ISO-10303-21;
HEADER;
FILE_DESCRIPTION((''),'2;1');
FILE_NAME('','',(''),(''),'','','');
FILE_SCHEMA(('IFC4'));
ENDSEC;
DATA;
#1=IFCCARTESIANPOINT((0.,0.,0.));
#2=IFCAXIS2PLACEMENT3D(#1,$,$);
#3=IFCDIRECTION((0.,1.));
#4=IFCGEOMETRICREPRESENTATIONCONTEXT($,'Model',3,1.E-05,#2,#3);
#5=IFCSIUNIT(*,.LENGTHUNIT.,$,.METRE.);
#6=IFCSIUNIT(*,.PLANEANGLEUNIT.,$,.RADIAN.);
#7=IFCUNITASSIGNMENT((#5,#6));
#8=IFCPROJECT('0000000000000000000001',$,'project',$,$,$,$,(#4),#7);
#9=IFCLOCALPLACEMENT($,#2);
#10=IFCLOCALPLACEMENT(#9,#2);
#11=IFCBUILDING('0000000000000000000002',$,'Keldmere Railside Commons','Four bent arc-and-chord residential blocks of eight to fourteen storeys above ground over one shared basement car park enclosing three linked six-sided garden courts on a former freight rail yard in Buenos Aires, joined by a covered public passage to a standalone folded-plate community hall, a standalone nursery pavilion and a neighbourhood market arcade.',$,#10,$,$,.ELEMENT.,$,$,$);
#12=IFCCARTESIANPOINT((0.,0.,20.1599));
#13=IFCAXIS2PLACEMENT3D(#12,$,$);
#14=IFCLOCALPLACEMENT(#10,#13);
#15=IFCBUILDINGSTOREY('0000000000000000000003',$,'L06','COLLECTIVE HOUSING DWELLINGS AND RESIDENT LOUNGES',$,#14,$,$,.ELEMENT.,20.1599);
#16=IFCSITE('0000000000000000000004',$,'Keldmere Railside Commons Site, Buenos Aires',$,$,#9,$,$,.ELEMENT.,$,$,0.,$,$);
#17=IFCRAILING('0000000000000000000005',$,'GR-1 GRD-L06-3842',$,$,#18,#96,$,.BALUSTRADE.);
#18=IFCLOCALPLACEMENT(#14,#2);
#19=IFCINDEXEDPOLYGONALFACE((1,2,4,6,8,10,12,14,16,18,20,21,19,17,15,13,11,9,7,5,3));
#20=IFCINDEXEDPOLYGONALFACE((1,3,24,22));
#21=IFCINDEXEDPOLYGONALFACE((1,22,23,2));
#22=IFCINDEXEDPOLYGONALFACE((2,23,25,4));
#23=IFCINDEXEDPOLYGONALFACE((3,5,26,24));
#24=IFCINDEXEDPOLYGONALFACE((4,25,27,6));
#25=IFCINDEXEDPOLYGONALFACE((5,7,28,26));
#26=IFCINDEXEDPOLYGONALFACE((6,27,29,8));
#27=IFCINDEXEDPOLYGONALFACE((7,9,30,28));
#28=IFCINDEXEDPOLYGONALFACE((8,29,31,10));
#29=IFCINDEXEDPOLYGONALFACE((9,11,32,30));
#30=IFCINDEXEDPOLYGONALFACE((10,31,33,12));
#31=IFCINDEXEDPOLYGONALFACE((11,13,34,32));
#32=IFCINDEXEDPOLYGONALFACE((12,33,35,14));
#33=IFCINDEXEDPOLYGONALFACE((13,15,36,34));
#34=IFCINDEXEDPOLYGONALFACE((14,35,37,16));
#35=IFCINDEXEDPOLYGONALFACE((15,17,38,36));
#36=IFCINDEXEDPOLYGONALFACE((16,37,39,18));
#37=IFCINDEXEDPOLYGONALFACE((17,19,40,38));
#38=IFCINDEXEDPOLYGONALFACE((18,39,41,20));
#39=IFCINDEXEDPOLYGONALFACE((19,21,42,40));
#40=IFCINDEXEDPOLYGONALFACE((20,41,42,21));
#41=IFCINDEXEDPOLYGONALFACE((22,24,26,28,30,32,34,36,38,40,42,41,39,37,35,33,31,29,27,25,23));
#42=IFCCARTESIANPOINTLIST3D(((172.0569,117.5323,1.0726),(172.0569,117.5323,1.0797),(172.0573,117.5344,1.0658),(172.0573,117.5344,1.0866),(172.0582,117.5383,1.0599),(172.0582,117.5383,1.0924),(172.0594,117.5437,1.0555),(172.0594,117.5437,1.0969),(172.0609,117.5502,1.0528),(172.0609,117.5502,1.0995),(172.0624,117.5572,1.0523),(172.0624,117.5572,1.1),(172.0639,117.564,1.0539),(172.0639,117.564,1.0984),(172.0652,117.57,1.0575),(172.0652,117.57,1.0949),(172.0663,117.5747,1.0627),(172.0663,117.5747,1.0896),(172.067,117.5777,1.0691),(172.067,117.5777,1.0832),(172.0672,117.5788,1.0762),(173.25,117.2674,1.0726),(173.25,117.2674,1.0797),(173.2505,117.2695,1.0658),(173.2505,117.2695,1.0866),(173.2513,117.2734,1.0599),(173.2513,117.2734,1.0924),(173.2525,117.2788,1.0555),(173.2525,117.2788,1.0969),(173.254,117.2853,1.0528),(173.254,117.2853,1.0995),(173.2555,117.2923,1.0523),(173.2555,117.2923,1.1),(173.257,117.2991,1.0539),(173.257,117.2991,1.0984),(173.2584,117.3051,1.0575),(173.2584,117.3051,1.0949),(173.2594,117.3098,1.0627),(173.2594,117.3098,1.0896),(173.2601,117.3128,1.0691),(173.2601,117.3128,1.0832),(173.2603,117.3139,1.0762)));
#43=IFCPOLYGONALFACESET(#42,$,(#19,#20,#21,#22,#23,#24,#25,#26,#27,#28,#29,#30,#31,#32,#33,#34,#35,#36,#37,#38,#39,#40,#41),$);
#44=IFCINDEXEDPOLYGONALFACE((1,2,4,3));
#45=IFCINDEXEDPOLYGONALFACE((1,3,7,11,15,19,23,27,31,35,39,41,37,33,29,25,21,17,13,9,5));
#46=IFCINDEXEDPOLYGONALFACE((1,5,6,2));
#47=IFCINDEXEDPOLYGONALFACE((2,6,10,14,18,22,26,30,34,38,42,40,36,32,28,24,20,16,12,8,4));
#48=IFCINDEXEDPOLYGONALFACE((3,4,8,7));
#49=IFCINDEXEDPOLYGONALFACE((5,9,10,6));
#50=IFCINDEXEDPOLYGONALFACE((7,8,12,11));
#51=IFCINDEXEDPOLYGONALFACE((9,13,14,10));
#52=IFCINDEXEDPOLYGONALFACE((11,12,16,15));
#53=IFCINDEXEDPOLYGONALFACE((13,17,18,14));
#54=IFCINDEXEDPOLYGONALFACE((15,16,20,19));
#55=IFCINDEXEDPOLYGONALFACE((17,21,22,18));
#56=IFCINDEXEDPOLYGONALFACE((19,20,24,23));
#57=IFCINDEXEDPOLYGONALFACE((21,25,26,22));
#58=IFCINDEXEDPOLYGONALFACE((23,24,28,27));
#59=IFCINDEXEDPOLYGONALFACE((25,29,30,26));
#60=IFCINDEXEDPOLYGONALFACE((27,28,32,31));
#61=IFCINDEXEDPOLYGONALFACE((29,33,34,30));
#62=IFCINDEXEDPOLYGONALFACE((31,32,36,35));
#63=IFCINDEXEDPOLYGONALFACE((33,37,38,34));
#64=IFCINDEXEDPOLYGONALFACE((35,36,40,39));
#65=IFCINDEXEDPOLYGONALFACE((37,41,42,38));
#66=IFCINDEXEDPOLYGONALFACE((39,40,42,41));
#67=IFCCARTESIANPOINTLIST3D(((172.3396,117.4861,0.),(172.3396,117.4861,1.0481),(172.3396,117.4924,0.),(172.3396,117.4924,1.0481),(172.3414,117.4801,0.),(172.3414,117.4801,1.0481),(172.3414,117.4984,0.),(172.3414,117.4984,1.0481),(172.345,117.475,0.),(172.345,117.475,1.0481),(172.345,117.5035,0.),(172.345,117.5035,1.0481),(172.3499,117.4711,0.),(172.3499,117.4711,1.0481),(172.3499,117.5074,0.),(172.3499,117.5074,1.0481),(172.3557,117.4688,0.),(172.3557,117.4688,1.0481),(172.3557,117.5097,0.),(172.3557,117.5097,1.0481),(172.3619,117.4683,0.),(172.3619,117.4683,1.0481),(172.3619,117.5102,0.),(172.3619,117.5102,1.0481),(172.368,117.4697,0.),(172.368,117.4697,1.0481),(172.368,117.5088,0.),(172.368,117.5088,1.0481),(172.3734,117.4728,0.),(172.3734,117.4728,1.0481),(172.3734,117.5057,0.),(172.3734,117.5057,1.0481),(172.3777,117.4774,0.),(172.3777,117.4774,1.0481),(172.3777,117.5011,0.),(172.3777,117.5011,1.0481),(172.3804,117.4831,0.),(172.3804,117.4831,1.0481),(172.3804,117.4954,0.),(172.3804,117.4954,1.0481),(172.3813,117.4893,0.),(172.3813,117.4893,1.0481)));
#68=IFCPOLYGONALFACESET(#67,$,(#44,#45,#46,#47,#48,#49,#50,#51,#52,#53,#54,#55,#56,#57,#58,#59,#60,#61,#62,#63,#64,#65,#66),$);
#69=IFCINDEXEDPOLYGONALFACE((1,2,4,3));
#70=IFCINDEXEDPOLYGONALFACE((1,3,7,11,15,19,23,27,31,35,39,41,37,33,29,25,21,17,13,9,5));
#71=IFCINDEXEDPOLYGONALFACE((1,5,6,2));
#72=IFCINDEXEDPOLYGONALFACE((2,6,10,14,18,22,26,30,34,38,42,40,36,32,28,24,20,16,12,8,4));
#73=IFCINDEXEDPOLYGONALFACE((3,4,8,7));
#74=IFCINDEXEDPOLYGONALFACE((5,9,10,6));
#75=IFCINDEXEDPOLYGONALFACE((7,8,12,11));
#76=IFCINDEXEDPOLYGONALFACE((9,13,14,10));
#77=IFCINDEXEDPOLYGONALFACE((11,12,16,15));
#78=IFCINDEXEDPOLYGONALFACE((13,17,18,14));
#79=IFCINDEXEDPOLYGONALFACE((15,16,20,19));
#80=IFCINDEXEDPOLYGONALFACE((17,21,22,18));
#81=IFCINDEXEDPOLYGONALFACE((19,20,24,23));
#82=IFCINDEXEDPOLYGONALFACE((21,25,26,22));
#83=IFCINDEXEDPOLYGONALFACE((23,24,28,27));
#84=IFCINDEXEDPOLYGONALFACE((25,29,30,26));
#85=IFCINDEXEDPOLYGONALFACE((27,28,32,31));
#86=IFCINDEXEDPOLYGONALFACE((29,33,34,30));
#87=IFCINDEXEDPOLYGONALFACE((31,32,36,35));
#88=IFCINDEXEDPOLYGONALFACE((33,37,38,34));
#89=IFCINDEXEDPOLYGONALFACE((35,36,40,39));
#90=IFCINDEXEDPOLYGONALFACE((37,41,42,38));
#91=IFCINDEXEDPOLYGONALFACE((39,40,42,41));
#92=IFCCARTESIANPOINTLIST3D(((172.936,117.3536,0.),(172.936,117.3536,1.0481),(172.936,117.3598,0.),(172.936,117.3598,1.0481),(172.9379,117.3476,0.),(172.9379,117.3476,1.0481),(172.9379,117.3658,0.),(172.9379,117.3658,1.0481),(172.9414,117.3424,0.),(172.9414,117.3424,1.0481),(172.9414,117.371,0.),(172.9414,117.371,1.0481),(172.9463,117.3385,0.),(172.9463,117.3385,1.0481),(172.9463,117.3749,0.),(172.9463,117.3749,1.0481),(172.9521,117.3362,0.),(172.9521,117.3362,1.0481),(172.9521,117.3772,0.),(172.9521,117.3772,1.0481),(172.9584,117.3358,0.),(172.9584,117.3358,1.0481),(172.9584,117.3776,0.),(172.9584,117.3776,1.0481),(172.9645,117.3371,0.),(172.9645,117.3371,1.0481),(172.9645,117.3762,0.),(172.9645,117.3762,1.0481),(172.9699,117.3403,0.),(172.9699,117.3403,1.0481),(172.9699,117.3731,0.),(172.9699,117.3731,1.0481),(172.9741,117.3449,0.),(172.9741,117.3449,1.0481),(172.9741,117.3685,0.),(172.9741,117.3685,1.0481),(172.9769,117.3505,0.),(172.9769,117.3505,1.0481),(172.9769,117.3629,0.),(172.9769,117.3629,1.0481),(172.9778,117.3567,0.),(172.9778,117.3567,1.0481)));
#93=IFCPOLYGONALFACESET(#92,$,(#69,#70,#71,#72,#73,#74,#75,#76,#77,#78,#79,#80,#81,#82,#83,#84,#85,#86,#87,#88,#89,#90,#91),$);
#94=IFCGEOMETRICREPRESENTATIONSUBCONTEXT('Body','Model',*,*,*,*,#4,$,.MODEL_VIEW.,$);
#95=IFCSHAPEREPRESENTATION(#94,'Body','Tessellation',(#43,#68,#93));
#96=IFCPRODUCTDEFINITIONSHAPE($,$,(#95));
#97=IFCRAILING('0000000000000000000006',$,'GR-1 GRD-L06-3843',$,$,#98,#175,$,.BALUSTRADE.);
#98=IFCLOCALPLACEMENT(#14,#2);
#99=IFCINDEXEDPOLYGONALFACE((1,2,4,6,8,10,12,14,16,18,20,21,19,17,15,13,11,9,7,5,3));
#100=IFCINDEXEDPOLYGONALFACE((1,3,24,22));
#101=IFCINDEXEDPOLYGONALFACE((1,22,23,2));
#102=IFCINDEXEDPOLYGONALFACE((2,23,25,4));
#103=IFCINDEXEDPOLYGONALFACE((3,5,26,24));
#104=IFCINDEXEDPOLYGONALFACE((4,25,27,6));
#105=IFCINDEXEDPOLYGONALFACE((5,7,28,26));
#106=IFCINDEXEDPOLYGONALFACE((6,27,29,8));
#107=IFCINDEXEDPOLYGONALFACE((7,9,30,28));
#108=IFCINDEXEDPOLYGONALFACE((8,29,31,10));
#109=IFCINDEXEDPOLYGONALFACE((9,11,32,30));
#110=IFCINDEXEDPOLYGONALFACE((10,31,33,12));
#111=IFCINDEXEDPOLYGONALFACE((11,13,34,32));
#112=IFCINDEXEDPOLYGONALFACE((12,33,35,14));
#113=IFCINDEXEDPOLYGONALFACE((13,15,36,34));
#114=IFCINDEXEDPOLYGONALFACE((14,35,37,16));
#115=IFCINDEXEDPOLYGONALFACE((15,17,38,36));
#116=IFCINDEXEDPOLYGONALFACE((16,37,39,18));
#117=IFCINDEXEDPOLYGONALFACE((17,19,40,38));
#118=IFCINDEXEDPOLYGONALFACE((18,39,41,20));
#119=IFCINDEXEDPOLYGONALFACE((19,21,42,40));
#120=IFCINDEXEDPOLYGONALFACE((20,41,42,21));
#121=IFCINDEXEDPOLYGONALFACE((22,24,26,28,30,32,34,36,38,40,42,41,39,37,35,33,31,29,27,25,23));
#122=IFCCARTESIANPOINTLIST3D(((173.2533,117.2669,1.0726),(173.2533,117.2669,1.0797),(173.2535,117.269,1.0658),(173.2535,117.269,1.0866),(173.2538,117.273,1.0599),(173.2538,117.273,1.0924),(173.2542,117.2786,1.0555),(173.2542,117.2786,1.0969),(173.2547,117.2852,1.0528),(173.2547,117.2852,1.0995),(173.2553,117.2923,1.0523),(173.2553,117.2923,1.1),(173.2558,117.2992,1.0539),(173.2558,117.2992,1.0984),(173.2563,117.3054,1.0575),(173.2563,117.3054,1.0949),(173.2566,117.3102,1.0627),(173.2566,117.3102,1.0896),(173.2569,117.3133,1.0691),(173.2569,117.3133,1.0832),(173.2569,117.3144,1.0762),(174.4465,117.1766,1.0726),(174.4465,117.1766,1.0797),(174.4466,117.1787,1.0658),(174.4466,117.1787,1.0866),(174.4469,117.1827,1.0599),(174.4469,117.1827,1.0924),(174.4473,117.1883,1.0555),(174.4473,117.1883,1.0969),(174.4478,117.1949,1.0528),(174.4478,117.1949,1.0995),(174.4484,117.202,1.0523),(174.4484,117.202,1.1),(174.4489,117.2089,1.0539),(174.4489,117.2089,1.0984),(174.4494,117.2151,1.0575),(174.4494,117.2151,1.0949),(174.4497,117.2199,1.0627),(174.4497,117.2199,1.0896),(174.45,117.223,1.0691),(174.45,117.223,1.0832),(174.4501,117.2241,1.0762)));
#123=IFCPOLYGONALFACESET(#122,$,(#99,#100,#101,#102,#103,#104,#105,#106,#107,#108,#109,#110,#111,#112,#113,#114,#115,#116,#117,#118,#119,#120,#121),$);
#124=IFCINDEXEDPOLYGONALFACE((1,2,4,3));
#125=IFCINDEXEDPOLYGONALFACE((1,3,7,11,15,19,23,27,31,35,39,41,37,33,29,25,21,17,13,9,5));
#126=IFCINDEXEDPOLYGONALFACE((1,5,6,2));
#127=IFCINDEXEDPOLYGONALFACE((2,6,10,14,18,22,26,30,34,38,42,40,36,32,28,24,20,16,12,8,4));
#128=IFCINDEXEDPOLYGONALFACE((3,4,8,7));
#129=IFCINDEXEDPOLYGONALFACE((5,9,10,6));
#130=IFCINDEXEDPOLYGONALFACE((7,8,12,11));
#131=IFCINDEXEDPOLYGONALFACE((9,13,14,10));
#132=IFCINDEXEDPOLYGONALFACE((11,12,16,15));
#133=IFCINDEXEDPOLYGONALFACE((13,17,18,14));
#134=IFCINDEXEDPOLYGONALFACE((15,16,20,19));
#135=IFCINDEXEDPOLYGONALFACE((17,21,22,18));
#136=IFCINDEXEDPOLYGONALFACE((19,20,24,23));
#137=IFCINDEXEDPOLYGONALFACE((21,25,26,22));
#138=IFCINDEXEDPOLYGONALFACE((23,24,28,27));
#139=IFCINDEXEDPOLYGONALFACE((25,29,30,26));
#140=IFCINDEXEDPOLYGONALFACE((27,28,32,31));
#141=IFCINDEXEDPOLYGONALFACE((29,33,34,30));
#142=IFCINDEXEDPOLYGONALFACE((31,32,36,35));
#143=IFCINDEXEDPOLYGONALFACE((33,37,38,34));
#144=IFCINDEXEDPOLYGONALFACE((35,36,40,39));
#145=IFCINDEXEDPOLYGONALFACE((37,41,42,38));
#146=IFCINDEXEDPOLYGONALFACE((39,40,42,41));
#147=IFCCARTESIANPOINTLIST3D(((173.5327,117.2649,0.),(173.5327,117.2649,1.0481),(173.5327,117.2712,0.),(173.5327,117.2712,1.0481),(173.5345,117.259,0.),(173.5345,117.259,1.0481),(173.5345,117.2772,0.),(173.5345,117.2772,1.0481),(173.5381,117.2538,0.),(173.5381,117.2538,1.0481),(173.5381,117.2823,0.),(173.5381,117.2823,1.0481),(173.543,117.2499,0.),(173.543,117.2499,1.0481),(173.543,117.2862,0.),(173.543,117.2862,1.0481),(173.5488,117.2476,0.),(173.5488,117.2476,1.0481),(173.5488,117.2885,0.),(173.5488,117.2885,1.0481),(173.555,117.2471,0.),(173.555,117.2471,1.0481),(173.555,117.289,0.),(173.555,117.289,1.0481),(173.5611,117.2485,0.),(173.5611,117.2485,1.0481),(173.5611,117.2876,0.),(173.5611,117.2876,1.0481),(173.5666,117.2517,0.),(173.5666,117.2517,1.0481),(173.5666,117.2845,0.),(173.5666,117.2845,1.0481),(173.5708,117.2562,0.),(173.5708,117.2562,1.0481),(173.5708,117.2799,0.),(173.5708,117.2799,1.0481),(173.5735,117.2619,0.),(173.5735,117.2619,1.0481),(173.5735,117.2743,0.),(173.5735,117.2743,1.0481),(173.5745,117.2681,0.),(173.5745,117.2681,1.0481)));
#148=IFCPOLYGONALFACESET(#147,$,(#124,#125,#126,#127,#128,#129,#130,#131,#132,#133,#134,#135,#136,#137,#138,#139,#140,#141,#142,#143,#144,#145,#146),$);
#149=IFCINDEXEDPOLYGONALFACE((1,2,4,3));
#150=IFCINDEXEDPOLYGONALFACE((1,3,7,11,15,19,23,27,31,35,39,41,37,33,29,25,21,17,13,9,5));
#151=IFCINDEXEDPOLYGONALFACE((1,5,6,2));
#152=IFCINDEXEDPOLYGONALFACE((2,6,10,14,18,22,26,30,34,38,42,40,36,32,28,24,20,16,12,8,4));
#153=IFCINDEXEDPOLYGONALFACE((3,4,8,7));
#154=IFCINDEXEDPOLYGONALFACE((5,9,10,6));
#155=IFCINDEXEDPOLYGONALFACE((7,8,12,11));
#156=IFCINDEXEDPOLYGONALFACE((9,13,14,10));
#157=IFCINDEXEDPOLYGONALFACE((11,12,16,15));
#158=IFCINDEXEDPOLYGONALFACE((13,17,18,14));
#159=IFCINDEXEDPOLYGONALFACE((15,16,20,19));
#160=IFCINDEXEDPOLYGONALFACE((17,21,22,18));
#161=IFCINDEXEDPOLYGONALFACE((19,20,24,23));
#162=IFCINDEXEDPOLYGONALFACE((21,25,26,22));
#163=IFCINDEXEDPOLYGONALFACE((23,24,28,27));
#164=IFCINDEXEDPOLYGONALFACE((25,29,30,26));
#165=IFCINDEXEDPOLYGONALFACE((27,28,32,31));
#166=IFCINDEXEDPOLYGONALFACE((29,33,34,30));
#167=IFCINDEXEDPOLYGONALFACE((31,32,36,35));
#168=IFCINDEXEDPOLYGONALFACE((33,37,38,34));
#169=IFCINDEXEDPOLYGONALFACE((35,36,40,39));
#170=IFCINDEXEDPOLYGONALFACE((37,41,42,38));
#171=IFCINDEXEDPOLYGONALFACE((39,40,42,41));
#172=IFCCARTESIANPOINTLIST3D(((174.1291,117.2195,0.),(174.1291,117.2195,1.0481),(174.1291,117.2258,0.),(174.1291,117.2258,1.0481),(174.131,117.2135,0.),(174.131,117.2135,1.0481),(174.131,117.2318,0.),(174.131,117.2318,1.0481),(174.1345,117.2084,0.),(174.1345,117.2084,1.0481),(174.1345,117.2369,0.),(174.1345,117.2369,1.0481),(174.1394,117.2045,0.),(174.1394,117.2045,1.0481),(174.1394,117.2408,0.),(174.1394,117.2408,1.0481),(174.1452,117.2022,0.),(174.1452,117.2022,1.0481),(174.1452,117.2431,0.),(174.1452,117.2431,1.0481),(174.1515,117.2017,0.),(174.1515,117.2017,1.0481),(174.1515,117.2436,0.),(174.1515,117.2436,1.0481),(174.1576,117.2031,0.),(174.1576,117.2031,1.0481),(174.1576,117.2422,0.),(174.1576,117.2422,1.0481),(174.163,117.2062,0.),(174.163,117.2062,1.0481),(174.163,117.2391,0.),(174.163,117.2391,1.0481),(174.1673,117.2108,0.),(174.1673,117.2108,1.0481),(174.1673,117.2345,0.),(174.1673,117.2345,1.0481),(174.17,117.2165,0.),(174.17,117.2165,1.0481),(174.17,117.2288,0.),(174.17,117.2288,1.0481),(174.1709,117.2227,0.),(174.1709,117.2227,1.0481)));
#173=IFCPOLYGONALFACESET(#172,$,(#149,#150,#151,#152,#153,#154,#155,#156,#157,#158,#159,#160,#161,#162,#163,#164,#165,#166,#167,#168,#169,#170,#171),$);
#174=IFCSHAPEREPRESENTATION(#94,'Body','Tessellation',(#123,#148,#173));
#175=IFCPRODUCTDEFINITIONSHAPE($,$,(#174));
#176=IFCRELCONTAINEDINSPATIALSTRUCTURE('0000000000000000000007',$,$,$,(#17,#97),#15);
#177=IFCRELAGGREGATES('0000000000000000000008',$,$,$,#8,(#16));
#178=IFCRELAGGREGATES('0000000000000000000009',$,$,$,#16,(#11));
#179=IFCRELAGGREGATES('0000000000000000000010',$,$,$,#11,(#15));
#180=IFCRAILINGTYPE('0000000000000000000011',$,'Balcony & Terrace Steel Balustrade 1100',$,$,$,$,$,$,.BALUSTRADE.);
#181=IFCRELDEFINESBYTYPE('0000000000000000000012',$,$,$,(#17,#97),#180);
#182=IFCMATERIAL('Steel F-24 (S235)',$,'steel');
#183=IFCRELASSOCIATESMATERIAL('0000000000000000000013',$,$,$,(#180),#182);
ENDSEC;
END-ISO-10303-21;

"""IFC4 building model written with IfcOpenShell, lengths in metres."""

from ifc_helpers import new_model, si_unit, direction, frame, origin, origin_2d, place, context, subcontext, project, spatial, circle, extrude, material, type_object, element, save


model = new_model("IFC4")

# Units and contexts
model_context = context("Model", 3, precision=1e-05, world=origin(), true_north=direction((0.0, 1.0)))
body_context = subcontext(model_context, "Body", "Model", "MODEL_VIEW")
ifc_project = project(units=[si_unit("LENGTHUNIT", "METRE"), si_unit("PLANEANGLEUNIT", "RADIAN")], contexts=[model_context])

# Site, building, storey
site_placement = place(None, origin())
site = spatial("IfcSite", under=ifc_project, at=site_placement, Name="Keldmere Railside Commons Site, Buenos Aires", CompositionType="ELEMENT", RefElevation=0.0)
building_placement = place(site_placement, origin())
building = spatial("IfcBuilding", under=site, at=building_placement, Name="Keldmere Railside Commons", Description="Four bent arc-and-chord residential blocks of eight to fourteen storeys above ground over one shared basement car park enclosing three linked six-sided garden courts on a former freight rail yard in Buenos Aires, joined by a covered public passage to a standalone folded-plate community hall, a standalone nursery pavilion and a neighbourhood market arcade.", CompositionType="ELEMENT")
storey_placement = place(building_placement, frame((0.0, 0.0, 20.1599)))
storey = spatial("IfcBuildingStorey", under=building, at=storey_placement, Name="L06", Description="COLLECTIVE HOUSING DWELLINGS AND RESIDENT LOUNGES", CompositionType="ELEMENT", Elevation=20.1599)

# Railings
ifc_material_1 = material(Name="Steel F-24 (S235)", Category="steel")
railing_type = type_object("IfcRailingType", Name="Balcony & Terrace Steel Balustrade 1100", PredefinedType="BALUSTRADE", material=ifc_material_1)
railing_1_placement = place(storey_placement, frame((172.062, 117.5554, 0.0)))
element("IfcRailing", 1, at=railing_1_placement, inside=storey, type_object=railing_type, Name="GR-1 GRD-L06-3842", PredefinedType="BALUSTRADE", context=body_context, shape_type="SweptSolid", body=[
    extrude(circle(Radius=0.0239, at=origin_2d()), frame((0.0, 0.0, 1.0762), z_axis=(0.976229, -0.21674, 0.0), x_axis=(0.21674, 0.976229, 0.0)), (0.0, 0.0, 1.0), 1.2222),
    extrude(circle(Radius=0.021, at=origin_2d()), frame((0.2983, -0.0662, 0.0)), (0.0, 0.0, 1.0), 1.0481),
    extrude(circle(Radius=0.021, at=origin_2d()), frame((0.8948, -0.1987, 0.0)), (0.0, 0.0, 1.0), 1.0481),
])
railing_2_placement = place(storey_placement, frame((173.2551, 117.2905, 0.0)))
element("IfcRailing", 2, at=railing_2_placement, inside=storey, type_object=railing_type, Name="GR-1 GRD-L06-3843", PredefinedType="BALUSTRADE", context=body_context, shape_type="SweptSolid", body=[
    extrude(circle(Radius=0.0239, at=origin_2d()), frame((0.0, 0.0, 1.0762), z_axis=(0.997146, -0.075495, 0.0), x_axis=(0.075495, 0.997146, 0.0)), (0.0, 0.0, 1.0), 1.1965),
    extrude(circle(Radius=0.021, at=origin_2d()), frame((0.2983, -0.0225, 0.0)), (0.0, 0.0, 1.0), 1.0481),
    extrude(circle(Radius=0.021, at=origin_2d()), frame((0.8948, -0.0679, 0.0)), (0.0, 0.0, 1.0), 1.0481),
])

save(model, "model.ifc")
